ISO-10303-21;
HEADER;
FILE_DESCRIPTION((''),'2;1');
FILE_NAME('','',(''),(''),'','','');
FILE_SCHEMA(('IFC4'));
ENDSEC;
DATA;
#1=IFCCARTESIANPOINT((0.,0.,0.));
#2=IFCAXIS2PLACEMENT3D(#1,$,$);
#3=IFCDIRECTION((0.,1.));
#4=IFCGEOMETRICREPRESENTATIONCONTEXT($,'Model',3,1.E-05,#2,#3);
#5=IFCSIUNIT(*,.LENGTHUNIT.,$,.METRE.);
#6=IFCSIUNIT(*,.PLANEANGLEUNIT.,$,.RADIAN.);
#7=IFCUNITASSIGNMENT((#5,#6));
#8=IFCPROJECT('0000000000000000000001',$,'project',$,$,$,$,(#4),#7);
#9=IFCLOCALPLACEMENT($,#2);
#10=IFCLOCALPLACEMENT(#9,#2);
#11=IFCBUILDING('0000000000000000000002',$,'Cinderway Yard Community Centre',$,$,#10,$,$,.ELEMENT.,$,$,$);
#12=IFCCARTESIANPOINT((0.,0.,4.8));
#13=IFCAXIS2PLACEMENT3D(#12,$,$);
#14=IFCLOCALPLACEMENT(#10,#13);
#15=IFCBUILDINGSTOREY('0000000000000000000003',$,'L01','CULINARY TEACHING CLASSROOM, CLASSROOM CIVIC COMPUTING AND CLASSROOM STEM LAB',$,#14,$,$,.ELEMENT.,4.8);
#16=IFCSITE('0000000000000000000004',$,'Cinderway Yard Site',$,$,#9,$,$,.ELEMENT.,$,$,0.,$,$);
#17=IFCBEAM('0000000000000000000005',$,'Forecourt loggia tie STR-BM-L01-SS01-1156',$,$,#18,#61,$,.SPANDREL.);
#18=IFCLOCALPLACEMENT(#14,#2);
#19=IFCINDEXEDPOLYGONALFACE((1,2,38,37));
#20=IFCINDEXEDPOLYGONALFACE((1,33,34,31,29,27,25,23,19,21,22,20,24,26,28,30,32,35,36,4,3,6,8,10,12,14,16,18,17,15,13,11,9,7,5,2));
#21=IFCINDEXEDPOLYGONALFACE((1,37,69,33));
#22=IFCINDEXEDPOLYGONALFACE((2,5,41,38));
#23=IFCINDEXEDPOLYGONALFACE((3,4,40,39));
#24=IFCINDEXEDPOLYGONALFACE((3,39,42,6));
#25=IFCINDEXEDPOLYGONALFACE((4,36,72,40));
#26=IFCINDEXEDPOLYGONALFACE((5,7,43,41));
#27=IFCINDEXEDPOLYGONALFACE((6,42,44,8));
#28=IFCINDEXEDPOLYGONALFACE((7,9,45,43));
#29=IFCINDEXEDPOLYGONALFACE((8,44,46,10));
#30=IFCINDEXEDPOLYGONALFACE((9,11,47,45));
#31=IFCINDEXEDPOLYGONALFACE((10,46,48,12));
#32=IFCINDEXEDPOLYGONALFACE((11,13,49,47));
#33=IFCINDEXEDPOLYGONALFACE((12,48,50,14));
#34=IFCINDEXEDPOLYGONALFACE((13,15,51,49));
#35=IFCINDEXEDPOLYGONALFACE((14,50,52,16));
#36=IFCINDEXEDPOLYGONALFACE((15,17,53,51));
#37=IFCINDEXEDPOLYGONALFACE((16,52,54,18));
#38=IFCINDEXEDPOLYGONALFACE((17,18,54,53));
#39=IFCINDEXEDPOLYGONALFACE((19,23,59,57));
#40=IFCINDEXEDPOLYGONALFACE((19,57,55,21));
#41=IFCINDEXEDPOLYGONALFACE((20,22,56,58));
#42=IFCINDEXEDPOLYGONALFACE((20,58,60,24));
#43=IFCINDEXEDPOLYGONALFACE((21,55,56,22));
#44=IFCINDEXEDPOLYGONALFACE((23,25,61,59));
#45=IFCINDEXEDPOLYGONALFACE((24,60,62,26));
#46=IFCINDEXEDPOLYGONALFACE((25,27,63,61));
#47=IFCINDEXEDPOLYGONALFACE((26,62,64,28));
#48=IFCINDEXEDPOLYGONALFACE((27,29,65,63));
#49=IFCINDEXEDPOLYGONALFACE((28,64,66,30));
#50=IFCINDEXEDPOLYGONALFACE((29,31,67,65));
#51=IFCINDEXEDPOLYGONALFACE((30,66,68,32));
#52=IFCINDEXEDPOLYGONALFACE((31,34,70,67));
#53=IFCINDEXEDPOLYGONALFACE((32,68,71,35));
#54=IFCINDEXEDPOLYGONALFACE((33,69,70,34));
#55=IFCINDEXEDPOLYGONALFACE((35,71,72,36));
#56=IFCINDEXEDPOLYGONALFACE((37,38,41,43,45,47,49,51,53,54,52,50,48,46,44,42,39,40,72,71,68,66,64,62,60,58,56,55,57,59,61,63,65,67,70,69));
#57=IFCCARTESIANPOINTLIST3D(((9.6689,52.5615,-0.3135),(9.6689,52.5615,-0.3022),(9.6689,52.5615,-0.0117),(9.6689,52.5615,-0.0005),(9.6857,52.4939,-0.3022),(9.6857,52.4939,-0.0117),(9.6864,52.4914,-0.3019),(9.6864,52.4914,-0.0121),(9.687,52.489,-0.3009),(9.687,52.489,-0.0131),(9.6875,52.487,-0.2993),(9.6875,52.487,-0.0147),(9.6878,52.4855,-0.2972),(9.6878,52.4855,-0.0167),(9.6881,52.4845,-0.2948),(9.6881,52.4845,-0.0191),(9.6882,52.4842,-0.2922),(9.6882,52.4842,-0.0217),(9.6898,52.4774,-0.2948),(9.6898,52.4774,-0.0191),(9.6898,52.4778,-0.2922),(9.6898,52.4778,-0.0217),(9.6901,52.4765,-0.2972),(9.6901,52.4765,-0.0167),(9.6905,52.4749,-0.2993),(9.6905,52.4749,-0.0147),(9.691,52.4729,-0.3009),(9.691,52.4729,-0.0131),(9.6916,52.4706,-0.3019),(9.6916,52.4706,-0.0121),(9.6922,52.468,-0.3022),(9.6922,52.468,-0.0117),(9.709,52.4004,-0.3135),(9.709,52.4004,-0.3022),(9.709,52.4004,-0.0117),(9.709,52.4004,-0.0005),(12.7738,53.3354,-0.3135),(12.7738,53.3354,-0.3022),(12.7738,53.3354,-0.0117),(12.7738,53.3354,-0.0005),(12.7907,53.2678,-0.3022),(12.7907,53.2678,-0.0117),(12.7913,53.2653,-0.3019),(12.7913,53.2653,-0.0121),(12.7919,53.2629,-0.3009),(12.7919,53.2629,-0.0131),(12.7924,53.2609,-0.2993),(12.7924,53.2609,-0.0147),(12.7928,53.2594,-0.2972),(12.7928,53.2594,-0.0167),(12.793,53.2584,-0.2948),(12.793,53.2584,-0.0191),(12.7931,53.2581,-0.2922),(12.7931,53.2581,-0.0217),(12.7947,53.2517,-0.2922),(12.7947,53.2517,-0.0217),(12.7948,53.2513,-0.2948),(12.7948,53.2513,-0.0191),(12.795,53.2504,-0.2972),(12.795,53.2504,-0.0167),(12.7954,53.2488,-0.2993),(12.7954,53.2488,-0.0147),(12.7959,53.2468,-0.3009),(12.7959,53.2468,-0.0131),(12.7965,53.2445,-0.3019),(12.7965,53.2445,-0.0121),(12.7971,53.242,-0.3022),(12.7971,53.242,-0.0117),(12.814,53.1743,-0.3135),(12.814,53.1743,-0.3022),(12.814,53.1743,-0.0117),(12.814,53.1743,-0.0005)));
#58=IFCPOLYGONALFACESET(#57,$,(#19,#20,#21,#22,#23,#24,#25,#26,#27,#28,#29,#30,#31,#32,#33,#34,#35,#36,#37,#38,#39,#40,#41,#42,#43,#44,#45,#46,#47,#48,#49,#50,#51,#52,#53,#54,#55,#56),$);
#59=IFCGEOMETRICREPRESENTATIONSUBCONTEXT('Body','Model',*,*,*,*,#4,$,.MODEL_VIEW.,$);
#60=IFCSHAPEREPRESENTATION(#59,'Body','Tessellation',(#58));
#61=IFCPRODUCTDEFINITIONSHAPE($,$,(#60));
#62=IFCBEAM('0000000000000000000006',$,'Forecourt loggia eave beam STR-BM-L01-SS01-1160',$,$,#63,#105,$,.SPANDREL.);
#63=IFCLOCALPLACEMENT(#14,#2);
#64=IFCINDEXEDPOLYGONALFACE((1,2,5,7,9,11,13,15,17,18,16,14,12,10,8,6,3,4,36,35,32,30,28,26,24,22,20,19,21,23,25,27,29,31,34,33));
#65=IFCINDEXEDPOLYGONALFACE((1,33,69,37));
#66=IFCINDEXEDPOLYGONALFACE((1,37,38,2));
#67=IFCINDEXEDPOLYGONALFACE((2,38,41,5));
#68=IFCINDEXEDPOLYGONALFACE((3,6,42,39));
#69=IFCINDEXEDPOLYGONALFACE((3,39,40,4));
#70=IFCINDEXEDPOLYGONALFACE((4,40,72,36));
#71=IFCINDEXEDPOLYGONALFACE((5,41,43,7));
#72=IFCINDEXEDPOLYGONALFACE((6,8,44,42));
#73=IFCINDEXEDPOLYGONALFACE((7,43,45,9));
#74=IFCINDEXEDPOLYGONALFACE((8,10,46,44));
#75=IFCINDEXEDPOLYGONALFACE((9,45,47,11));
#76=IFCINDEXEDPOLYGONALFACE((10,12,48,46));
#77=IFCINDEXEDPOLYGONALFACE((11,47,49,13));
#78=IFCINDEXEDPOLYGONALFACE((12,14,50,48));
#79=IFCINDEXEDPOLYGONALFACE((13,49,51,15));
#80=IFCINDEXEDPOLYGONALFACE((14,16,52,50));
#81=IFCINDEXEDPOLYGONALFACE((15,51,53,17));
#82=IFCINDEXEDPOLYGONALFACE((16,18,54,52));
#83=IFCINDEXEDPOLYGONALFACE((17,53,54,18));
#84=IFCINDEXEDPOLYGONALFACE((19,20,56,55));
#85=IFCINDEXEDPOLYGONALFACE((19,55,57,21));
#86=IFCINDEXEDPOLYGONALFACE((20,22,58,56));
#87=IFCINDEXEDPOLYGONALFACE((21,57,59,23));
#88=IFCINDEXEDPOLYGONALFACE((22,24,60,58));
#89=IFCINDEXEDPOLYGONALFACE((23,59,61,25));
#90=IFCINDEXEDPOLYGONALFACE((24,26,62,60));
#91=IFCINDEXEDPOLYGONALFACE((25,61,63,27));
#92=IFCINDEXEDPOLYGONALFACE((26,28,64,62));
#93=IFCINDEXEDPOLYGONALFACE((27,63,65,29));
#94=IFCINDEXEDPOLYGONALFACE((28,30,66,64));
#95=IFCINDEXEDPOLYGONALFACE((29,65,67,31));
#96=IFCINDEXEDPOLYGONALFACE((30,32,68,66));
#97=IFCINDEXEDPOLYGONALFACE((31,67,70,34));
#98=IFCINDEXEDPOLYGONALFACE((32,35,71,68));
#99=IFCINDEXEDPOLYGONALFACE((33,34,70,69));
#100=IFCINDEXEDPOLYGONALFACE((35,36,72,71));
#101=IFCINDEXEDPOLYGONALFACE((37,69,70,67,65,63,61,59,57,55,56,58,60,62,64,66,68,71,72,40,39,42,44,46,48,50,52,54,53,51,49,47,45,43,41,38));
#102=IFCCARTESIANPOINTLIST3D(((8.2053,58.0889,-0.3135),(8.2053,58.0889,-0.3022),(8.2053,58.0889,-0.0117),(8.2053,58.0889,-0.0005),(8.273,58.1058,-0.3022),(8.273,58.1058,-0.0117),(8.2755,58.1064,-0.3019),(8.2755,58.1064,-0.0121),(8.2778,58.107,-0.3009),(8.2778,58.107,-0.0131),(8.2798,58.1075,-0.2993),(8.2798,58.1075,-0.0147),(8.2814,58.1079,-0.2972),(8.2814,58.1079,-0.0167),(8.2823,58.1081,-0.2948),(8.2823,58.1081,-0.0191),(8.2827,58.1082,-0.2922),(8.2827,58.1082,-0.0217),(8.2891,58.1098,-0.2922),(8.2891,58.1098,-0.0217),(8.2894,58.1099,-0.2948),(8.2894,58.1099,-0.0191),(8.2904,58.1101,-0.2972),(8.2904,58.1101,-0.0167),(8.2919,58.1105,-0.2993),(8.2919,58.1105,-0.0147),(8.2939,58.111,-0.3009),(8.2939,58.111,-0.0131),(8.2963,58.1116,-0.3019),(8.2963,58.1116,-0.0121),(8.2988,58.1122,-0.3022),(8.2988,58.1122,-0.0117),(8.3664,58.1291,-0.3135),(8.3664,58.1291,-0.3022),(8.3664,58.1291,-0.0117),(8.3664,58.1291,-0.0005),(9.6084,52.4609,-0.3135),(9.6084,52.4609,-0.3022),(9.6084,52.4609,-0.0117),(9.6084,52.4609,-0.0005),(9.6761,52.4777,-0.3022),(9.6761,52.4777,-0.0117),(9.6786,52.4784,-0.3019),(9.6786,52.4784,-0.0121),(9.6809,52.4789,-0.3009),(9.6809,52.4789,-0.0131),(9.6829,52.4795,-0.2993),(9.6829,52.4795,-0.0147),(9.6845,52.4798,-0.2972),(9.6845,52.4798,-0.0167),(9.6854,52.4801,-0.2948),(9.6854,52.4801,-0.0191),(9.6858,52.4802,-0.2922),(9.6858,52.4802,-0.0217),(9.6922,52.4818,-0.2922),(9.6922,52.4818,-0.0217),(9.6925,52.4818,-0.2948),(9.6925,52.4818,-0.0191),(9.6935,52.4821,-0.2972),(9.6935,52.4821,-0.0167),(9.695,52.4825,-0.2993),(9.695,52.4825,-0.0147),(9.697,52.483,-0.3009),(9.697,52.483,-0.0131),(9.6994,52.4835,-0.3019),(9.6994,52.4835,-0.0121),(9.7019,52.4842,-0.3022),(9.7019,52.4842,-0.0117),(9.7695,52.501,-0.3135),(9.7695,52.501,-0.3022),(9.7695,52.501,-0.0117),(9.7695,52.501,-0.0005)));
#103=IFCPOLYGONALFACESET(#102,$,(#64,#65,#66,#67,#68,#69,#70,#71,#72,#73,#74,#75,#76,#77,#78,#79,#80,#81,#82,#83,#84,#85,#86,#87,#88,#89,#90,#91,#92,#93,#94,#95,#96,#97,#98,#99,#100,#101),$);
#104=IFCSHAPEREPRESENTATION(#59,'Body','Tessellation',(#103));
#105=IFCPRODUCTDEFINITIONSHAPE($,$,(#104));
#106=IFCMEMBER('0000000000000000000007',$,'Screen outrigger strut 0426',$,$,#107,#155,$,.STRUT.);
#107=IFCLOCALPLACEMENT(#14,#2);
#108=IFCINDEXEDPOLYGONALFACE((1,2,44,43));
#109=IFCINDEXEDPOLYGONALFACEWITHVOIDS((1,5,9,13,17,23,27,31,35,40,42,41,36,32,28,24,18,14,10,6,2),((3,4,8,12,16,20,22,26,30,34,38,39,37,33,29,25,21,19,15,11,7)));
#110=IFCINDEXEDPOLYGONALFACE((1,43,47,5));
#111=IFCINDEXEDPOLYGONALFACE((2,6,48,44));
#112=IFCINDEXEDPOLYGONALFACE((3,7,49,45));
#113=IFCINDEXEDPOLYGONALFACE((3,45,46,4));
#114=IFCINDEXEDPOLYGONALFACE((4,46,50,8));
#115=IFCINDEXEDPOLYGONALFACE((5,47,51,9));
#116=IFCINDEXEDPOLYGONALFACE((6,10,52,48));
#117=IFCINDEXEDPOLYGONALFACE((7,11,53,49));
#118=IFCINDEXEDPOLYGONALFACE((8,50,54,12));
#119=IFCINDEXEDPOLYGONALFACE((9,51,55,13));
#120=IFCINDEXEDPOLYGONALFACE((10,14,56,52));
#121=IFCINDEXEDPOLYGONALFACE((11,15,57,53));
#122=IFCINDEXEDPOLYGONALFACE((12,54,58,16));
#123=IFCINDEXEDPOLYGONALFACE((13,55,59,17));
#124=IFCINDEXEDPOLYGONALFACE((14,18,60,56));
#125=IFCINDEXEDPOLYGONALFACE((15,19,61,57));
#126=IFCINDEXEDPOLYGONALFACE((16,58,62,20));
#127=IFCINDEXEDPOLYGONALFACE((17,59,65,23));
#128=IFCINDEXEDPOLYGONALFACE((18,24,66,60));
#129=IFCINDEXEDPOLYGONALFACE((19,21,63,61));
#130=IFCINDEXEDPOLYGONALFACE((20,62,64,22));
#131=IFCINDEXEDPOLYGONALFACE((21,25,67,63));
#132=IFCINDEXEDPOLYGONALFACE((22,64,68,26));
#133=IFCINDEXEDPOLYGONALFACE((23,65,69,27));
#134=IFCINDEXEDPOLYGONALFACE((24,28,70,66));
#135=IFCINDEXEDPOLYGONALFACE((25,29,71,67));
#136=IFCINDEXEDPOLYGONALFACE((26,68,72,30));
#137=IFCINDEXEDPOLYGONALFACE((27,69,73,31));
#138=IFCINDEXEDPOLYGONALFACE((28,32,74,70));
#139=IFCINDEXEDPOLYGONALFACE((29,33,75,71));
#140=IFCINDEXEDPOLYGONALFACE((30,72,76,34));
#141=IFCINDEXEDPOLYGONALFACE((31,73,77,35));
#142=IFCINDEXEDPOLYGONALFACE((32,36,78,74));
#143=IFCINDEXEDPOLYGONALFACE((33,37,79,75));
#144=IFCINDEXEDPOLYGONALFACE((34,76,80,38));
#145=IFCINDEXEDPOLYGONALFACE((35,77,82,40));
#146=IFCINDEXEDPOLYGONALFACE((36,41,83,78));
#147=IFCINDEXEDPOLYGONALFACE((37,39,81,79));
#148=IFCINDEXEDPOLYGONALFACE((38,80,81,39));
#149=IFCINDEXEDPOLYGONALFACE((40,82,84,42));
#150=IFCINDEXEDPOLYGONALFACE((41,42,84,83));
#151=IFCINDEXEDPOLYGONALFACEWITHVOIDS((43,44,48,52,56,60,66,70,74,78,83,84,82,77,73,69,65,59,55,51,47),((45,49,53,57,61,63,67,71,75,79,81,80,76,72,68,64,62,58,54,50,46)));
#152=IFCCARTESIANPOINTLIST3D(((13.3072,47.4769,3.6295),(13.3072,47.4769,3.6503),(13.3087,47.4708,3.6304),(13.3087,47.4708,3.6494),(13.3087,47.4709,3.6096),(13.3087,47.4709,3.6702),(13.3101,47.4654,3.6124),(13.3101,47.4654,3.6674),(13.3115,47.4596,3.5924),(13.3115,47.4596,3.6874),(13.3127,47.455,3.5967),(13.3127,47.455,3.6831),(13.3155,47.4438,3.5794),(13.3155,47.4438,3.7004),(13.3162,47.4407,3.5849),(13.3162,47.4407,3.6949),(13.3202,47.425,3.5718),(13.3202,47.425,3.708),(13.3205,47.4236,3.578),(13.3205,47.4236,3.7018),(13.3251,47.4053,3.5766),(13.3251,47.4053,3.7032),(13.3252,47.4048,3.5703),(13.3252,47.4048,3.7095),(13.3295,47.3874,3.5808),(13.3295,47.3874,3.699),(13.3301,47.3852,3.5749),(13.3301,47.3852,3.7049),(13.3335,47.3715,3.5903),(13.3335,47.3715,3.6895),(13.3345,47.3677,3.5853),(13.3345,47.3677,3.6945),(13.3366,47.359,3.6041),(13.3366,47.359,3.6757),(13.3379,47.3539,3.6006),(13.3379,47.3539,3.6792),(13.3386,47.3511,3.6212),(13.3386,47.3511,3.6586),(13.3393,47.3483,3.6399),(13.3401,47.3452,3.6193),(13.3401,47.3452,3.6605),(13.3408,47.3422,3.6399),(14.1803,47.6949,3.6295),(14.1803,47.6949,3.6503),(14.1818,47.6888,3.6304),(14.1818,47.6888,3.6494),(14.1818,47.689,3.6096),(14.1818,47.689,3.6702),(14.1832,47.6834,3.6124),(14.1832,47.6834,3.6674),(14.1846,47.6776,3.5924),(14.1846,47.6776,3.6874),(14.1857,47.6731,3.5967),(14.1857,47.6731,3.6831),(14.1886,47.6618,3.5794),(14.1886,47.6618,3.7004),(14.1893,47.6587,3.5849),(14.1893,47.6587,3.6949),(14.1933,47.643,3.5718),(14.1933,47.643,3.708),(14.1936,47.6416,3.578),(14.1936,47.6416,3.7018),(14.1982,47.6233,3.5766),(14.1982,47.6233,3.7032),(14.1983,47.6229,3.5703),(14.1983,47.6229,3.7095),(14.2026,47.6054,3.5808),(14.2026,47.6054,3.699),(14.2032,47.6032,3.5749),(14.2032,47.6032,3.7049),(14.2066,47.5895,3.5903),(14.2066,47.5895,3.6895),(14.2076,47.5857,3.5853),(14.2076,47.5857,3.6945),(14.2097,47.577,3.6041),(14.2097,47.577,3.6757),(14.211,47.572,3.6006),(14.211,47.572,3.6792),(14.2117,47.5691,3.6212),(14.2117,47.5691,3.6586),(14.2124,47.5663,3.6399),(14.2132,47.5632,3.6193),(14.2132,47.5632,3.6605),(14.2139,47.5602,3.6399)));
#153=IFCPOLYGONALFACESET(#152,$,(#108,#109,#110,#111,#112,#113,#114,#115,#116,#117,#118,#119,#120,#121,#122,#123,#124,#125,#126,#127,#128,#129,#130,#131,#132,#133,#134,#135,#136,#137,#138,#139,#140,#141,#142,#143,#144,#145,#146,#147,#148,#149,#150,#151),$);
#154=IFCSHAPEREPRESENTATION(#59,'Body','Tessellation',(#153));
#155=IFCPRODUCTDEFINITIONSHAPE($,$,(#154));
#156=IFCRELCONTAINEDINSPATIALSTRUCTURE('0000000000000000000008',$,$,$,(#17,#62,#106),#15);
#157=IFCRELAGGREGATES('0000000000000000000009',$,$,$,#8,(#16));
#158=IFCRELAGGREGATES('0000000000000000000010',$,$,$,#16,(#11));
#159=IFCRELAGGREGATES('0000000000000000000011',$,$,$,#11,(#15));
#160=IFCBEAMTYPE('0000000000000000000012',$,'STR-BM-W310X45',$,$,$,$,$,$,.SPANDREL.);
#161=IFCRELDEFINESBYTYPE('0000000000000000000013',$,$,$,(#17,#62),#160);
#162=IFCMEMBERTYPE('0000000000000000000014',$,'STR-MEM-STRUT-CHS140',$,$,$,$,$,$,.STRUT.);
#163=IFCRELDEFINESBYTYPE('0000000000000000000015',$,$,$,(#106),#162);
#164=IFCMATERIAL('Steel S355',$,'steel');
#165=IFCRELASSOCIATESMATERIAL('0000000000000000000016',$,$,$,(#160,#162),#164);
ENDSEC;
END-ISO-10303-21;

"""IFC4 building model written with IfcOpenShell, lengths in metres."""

from ifc_helpers import new_model, si_unit, direction, frame, origin, origin_2d, place, context, subcontext, project, spatial, hollow_circle, i_section, extrude, material, material_profile, profile_set, type_object, element, save


model = new_model("IFC4")

# Units and contexts
model_context = context("Model", 3, precision=1e-05, world=origin(), true_north=direction((0.0, 1.0)))
body_context = subcontext(model_context, "Body", "Model", "MODEL_VIEW")
ifc_project = project(units=[si_unit("LENGTHUNIT", "METRE"), si_unit("PLANEANGLEUNIT", "RADIAN")], contexts=[model_context])

# Site, building, storey
site_placement = place(None, origin())
site = spatial("IfcSite", under=ifc_project, at=site_placement, Name="Cinderway Yard Site", CompositionType="ELEMENT", RefElevation=0.0)
building_placement = place(site_placement, origin())
building = spatial("IfcBuilding", under=site, at=building_placement, Name="Cinderway Yard Community Centre", CompositionType="ELEMENT")
storey_placement = place(building_placement, frame((0.0, 0.0, 4.8)))
storey = spatial("IfcBuildingStorey", under=building, at=storey_placement, Name="L01", Description="CULINARY TEACHING CLASSROOM, CLASSROOM CIVIC COMPUTING AND CLASSROOM STEM LAB", CompositionType="ELEMENT", Elevation=4.8)

# Shared definitions
ifc_material_1 = material(Name="Steel S355", Category="steel")

# Beams
ifc_material_profile_1 = material_profile(ifc_material_1, i_section(OverallWidth=0.166, OverallDepth=0.313, WebThickness=0.0066, FlangeThickness=0.0112, FilletRadius=0.01, at=origin_2d()), Name="Steel S355")
ifc_profile_set_1 = profile_set([ifc_material_profile_1], Name="Steel S355")
beam_type_1 = type_object("IfcBeamType", Name="STR-BM-W310X45", PredefinedType="SPANDREL", material=ifc_profile_set_1)
beam_1_placement = place(storey_placement, frame((9.689, 52.481, -0.157), z_axis=(0.970313, 0.241853, 0.0), x_axis=(-0.241853, 0.970313, 0.0)))
element("IfcBeam", 1, at=beam_1_placement, inside=storey, type_object=beam_type_1, Name="Forecourt loggia tie STR-BM-L01-SS01-1156", PredefinedType="SPANDREL", context=body_context, shape_type="SweptSolid", body=[
    extrude(i_section(OverallWidth=0.166, OverallDepth=0.313, WebThickness=0.0066, FlangeThickness=0.0112, FilletRadius=0.01, at=origin_2d()), origin(), (0.0, 0.0, 1.0), 3.2),
])
beam_2_placement = place(storey_placement, frame((9.689, 52.481, -0.157), z_axis=(-0.241902, 0.970301, 0.0), x_axis=(-0.970301, -0.241902, 0.0)))
element("IfcBeam", 2, at=beam_2_placement, inside=storey, type_object=beam_type_1, Name="Forecourt loggia eave beam STR-BM-L01-SS01-1160", PredefinedType="SPANDREL", context=body_context, shape_type="SweptSolid", body=[
    extrude(i_section(OverallWidth=0.166, OverallDepth=0.313, WebThickness=0.0066, FlangeThickness=0.0112, FilletRadius=0.01, at=origin_2d()), origin(), (0.0, 0.0, 1.0), 5.8003),
])

# Member
ifc_material_profile_2 = material_profile(ifc_material_1, hollow_circle(Radius=0.0698, WallThickness=0.0063, at=origin_2d()), Name="Steel S355")
ifc_profile_set_2 = profile_set([ifc_material_profile_2], Name="Steel S355")
member_type_1 = type_object("IfcMemberType", Name="STR-MEM-STRUT-CHS140", PredefinedType="STRUT", material=ifc_profile_set_2)
for number, where, z_axis, x_axis, name in (
    (3, (14.197, 47.6279, 3.6399), (-0.970206, -0.24228, 0.0), (0.24228, -0.970206, 0.0), "Screen outrigger strut 0426"),
):
    element("IfcMember", number, at=place(storey_placement, frame(where, z_axis=z_axis, x_axis=x_axis)), inside=storey, type_object=member_type_1, Name=name, PredefinedType="STRUT", context=body_context, shape_type="SweptSolid", body=[
        extrude(hollow_circle(Radius=0.0698, WallThickness=0.0063, at=origin_2d()), origin(), (0.0, 0.0, 1.0), 0.8999),
    ])

save(model, "model.ifc")
